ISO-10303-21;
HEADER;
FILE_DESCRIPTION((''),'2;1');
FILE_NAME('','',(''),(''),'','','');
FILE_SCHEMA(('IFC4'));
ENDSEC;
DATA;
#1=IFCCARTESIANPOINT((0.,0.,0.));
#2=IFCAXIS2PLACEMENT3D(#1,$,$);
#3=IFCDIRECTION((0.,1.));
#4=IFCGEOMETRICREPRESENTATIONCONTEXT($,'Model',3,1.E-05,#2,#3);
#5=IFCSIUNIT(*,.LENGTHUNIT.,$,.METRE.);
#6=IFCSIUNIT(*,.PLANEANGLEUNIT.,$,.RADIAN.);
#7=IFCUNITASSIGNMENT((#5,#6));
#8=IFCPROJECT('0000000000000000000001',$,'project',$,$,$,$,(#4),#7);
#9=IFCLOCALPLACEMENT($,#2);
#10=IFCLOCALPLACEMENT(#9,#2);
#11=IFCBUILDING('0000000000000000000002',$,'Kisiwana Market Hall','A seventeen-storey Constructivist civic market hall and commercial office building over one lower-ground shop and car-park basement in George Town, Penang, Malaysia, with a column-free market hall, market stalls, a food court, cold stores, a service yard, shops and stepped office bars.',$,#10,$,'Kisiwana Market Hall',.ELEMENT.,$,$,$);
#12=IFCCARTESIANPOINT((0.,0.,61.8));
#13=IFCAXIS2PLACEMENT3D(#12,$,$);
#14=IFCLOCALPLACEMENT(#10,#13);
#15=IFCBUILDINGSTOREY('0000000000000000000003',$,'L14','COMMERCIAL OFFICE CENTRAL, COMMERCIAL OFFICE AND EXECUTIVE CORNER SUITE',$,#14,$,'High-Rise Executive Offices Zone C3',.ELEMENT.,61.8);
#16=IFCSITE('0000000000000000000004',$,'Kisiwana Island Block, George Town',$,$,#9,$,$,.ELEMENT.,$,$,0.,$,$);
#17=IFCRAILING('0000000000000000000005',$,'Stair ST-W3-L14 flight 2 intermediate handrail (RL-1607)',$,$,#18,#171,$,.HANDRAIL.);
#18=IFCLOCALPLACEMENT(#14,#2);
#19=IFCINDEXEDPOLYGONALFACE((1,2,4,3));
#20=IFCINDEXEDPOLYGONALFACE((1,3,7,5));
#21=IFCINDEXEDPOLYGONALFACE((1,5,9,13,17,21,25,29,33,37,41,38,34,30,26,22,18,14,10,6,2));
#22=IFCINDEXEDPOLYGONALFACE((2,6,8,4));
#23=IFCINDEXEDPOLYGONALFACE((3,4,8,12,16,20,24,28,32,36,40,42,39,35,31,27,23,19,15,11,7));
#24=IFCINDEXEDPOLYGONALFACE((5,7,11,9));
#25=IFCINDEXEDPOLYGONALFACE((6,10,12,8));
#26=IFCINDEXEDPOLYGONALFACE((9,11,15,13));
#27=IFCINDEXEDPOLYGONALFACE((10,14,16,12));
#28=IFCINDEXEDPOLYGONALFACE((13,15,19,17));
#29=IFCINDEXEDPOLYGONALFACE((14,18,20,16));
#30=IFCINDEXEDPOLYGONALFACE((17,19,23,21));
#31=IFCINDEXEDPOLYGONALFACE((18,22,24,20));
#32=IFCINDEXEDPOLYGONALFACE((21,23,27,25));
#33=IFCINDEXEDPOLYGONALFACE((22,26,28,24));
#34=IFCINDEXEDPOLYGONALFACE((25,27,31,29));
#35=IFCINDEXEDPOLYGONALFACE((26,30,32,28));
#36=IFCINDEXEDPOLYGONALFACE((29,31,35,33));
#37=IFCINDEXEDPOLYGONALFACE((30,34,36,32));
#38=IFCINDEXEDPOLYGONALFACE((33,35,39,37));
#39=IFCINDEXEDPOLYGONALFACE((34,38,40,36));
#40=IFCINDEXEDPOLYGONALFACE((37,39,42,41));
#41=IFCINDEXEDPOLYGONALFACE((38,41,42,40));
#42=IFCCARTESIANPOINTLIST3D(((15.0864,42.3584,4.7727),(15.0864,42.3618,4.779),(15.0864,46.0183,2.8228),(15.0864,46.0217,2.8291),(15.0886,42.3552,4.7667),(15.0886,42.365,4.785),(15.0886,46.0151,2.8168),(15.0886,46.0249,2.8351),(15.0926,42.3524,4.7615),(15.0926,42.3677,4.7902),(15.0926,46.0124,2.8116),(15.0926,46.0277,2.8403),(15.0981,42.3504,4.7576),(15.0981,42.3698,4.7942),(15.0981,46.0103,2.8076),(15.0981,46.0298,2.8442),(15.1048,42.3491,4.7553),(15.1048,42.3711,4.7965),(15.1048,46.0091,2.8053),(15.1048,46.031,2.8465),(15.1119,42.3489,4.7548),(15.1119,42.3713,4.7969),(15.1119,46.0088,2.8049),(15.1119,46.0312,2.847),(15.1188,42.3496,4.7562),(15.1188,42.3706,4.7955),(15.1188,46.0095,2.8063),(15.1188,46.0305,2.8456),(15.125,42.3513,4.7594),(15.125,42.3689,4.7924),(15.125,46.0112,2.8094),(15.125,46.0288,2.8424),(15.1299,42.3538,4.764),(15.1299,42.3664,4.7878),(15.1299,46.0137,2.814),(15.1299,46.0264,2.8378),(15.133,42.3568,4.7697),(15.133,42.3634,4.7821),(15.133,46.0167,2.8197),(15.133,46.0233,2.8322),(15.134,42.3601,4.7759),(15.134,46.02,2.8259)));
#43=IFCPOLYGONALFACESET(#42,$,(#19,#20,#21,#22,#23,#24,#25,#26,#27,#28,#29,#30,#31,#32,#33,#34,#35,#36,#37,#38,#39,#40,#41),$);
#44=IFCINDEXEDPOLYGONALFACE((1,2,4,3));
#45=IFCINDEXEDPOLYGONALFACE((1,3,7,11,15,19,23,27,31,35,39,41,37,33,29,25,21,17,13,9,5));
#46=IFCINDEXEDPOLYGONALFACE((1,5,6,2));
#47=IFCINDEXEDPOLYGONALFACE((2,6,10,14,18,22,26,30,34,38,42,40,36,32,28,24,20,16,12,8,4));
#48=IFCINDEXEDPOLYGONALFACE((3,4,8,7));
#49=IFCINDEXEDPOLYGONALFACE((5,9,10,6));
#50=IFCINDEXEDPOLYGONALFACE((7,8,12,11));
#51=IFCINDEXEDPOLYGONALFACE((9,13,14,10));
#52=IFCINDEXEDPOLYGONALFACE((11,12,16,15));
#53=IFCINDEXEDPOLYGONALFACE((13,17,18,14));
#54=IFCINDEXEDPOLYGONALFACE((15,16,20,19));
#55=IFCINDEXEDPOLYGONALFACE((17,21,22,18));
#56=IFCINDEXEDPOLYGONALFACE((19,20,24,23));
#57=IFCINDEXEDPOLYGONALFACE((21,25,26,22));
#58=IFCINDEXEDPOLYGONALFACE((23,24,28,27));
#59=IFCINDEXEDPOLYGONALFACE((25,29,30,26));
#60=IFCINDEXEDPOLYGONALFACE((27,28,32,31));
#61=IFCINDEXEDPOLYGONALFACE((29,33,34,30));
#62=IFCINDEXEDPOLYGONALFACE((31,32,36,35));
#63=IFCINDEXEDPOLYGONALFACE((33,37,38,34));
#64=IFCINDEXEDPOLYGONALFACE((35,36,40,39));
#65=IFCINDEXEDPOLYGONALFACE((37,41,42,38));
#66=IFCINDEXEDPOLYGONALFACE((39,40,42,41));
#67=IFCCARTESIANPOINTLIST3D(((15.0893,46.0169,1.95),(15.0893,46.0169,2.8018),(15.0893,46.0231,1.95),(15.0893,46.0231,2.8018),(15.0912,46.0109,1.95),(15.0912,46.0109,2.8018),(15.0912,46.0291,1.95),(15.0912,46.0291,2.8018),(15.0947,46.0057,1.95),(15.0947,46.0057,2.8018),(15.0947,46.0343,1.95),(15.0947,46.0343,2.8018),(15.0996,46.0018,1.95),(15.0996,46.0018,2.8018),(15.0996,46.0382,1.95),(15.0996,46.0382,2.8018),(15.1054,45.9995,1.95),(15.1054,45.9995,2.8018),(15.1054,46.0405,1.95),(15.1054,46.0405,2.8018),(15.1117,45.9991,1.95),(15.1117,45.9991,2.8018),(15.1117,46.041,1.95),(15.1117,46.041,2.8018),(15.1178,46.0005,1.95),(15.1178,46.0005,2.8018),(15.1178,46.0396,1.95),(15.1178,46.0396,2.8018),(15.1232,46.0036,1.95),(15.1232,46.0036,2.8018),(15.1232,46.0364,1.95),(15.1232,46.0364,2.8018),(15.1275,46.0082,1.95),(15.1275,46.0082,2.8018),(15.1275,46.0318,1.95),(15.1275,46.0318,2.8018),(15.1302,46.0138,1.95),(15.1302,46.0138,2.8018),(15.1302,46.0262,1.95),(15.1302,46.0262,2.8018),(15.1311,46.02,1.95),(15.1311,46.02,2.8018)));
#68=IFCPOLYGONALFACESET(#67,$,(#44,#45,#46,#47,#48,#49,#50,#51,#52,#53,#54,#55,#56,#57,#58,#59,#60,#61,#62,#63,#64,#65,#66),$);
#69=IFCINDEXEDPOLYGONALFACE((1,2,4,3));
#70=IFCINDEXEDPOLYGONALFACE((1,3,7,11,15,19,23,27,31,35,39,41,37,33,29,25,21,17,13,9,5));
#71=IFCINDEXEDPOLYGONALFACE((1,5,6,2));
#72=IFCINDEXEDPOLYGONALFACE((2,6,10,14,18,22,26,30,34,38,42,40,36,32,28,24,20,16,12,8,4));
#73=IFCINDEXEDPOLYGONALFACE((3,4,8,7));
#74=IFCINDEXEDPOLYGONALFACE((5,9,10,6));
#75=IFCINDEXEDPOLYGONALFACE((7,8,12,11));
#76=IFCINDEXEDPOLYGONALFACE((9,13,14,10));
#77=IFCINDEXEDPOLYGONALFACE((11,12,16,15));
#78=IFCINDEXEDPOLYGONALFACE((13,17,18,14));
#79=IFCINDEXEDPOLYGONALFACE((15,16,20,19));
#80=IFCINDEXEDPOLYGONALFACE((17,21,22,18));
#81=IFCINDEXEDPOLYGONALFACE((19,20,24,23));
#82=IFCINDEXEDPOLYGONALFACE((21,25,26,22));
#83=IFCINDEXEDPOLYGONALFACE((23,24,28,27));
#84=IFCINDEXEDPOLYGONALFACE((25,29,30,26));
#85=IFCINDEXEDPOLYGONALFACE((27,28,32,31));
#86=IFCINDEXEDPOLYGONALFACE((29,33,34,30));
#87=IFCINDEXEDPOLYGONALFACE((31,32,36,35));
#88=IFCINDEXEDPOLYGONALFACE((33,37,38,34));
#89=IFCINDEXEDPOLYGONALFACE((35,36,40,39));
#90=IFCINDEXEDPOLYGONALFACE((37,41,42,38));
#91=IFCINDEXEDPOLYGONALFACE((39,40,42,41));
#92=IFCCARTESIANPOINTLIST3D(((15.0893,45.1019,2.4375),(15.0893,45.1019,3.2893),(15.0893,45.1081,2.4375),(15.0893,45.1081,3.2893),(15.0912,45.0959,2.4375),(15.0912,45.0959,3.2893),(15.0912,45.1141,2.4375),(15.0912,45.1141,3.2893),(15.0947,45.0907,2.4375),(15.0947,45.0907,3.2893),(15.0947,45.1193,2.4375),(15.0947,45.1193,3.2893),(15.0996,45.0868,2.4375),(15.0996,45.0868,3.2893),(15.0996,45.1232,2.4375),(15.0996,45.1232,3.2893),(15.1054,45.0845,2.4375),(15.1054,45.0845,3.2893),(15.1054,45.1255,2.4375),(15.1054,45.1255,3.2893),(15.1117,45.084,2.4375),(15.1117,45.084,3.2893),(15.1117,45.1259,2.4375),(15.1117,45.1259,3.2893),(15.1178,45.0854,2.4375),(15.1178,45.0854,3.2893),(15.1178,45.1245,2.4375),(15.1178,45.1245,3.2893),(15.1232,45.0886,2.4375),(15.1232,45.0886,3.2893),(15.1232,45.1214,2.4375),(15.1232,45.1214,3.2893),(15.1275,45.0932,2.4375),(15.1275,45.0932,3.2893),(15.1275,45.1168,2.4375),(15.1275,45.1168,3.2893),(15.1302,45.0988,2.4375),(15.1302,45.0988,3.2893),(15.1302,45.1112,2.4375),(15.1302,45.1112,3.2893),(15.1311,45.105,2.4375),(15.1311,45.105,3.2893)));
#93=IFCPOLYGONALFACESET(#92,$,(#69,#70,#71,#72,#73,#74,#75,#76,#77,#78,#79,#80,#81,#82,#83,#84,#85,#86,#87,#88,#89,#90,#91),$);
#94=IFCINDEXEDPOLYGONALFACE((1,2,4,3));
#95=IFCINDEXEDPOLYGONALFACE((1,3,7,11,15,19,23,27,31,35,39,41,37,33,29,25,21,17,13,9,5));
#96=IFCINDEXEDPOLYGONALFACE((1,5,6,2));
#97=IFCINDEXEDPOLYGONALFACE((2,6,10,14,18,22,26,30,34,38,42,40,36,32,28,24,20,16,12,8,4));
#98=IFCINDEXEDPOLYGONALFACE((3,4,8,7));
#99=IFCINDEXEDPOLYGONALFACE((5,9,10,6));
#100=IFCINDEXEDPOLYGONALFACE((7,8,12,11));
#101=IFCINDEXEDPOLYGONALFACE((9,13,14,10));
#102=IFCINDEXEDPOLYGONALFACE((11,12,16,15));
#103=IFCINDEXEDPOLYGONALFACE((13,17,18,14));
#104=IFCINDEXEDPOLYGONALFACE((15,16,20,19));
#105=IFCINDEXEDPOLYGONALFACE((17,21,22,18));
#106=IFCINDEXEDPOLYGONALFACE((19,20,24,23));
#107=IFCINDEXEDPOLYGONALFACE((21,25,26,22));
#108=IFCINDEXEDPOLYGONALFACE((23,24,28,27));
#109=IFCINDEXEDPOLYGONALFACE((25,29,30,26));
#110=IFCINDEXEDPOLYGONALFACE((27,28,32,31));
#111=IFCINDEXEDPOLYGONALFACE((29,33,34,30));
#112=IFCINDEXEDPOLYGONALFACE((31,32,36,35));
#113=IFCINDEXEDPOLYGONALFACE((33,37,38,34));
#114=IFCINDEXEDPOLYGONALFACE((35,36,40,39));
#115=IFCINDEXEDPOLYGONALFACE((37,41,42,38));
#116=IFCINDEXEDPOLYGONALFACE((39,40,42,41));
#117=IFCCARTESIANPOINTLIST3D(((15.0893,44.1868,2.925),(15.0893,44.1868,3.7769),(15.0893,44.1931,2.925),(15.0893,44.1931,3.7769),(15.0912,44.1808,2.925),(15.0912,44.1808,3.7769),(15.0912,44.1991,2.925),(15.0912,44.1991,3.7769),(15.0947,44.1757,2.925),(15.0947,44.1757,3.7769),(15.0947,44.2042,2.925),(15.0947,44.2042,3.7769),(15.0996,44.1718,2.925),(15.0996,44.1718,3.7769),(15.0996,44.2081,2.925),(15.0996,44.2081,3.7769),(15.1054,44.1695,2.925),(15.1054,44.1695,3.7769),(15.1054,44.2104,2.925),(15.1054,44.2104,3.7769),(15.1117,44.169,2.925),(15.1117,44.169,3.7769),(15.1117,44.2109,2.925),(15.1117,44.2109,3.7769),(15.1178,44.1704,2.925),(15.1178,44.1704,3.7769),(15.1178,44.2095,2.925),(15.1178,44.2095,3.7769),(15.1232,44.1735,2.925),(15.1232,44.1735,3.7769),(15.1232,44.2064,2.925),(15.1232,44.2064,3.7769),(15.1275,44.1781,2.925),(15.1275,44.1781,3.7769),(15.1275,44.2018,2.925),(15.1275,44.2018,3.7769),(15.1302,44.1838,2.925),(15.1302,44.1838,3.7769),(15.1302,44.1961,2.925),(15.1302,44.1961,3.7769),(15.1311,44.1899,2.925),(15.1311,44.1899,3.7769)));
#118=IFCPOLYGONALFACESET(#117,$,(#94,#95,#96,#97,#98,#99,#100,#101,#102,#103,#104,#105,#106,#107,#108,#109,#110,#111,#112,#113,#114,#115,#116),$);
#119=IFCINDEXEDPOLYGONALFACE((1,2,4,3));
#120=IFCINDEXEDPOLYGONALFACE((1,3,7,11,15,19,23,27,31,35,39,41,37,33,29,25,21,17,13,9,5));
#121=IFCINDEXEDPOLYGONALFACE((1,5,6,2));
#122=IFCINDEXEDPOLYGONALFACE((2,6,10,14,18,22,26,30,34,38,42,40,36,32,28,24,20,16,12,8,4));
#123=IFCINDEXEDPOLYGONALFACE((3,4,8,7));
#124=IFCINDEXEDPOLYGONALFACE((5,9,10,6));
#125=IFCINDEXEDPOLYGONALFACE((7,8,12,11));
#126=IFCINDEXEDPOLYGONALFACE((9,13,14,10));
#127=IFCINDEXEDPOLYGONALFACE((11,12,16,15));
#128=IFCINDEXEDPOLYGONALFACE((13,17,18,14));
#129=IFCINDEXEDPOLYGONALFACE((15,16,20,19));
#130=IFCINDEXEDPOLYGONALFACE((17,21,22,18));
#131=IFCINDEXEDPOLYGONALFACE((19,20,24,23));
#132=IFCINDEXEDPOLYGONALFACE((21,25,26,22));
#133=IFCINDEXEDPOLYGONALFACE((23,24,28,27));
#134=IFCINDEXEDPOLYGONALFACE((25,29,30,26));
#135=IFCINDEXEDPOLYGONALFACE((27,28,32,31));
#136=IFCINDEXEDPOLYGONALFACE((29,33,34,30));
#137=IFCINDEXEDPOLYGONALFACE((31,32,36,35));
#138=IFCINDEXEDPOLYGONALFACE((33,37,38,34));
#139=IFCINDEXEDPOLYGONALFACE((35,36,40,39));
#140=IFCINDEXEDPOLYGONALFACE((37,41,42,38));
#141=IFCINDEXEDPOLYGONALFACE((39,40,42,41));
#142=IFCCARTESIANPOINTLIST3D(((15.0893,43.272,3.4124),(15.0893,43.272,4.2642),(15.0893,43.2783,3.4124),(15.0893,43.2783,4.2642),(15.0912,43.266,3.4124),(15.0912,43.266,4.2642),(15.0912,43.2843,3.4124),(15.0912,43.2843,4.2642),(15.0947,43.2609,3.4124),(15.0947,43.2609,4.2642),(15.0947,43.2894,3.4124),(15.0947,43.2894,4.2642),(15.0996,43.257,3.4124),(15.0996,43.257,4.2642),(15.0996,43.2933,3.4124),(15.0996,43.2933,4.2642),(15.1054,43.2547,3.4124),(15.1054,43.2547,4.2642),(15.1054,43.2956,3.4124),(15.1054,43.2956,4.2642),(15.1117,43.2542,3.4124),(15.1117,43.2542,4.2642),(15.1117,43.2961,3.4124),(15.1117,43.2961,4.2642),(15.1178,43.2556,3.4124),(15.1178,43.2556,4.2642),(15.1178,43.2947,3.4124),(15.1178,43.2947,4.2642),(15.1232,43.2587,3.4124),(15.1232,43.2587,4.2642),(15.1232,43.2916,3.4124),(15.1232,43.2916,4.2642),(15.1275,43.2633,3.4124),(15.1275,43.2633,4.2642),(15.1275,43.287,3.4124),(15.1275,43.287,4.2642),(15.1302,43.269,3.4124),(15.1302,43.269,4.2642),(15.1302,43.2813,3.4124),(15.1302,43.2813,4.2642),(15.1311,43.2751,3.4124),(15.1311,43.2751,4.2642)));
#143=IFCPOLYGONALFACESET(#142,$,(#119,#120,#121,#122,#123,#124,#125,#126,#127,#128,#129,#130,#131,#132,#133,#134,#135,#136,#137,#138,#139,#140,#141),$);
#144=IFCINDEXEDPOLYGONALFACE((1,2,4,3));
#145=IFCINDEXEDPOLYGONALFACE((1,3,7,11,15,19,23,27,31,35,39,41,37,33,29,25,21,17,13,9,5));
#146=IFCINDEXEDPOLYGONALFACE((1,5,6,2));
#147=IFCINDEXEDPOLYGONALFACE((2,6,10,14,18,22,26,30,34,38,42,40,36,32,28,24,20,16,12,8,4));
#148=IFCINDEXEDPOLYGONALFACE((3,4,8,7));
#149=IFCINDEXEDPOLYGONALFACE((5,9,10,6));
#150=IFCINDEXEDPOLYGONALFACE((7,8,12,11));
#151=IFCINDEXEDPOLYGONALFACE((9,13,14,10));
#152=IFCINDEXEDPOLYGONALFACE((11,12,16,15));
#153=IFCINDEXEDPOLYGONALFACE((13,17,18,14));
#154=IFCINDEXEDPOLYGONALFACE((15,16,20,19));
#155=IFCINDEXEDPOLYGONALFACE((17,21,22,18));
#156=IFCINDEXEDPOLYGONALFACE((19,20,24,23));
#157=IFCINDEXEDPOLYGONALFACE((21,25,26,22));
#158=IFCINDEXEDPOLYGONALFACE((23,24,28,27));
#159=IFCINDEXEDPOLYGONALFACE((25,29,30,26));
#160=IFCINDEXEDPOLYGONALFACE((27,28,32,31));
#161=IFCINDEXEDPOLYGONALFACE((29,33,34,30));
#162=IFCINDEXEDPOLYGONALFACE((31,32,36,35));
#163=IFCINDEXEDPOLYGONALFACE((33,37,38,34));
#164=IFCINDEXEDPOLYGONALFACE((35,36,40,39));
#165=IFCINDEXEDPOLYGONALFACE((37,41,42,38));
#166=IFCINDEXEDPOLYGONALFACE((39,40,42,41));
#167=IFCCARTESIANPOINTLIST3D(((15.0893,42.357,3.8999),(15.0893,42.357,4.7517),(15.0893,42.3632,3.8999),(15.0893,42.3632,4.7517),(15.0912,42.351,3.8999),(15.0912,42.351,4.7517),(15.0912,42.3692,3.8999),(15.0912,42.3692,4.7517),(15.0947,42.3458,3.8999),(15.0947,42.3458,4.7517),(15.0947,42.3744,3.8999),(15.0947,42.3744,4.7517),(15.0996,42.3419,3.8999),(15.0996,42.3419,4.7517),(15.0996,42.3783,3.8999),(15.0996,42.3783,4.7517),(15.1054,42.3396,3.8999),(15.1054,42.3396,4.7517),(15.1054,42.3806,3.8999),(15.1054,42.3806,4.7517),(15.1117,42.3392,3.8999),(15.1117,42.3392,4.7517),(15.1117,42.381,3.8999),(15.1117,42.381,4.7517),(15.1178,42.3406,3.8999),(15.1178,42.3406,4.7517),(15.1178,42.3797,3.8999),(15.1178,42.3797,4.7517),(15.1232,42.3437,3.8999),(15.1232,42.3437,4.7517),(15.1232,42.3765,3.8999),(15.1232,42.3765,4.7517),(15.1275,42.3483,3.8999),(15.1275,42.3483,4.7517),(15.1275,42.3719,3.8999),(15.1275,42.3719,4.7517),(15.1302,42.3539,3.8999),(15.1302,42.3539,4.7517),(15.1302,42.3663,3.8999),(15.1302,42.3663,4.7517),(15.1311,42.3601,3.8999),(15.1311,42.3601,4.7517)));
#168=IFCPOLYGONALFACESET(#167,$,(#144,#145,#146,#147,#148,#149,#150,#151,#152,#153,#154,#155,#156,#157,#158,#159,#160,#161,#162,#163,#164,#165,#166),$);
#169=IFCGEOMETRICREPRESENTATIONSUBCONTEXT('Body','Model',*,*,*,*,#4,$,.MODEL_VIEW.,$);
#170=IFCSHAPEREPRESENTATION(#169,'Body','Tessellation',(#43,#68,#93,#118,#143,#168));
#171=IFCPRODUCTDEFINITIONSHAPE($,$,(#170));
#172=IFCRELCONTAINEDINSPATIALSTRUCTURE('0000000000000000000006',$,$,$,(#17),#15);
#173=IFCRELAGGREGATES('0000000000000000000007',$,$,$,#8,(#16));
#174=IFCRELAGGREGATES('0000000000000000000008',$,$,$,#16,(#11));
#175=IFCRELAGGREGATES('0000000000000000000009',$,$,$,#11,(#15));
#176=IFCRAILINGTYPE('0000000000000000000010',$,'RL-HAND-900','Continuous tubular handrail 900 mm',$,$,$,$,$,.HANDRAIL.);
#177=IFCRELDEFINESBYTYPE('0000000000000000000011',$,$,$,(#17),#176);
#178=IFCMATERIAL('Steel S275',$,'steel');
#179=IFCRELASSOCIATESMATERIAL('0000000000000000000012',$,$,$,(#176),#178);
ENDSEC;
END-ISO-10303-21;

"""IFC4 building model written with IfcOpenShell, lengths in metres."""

from ifc_helpers import new_model, si_unit, direction, frame, origin, origin_2d, place, context, subcontext, project, spatial, circle, extrude, material, type_object, element, save


model = new_model("IFC4")

# Units and contexts
model_context = context("Model", 3, precision=1e-05, world=origin(), true_north=direction((0.0, 1.0)))
body_context = subcontext(model_context, "Body", "Model", "MODEL_VIEW")
ifc_project = project(units=[si_unit("LENGTHUNIT", "METRE"), si_unit("PLANEANGLEUNIT", "RADIAN")], contexts=[model_context])

# Site, building, storey
site_placement = place(None, origin())
site = spatial("IfcSite", under=ifc_project, at=site_placement, Name="Kisiwana Island Block, George Town", CompositionType="ELEMENT", RefElevation=0.0)
building_placement = place(site_placement, origin())
building = spatial("IfcBuilding", under=site, at=building_placement, Name="Kisiwana Market Hall", Description="A seventeen-storey Constructivist civic market hall and commercial office building over one lower-ground shop and car-park basement in George Town, Penang, Malaysia, with a column-free market hall, market stalls, a food court, cold stores, a service yard, shops and stepped office bars.", LongName="Kisiwana Market Hall", CompositionType="ELEMENT")
storey_placement = place(building_placement, frame((0.0, 0.0, 61.8)))
storey = spatial("IfcBuildingStorey", under=building, at=storey_placement, Name="L14", Description="COMMERCIAL OFFICE CENTRAL, COMMERCIAL OFFICE AND EXECUTIVE CORNER SUITE", LongName="High-Rise Executive Offices Zone C3", CompositionType="ELEMENT", Elevation=61.8)

# Railing
ifc_material_1 = material(Name="Steel S275", Category="steel")
railing_type_1 = type_object("IfcRailingType", Name="RL-HAND-900", Description="Continuous tubular handrail 900 mm", PredefinedType="HANDRAIL", material=ifc_material_1)
for number, where, name in (
    (1, (15.1101, 46.02, 1.95), "Stair ST-W3-L14 flight 2 intermediate handrail (RL-1607)"),
):
    element("IfcRailing", number, at=place(storey_placement, frame(where)), inside=storey, type_object=railing_type_1, Name=name, PredefinedType="HANDRAIL", context=body_context, shape_type="SweptSolid", body=[
        extrude(circle(Radius=0.0239, at=origin_2d()), frame((0.0, 0.0, 0.876), z_axis=(0.0, -0.882553, 0.470212), x_axis=(1.0, 0.0, 0.0)), (0.0, 0.0, 1.0), 4.147),
        extrude(circle(Radius=0.021, at=origin_2d()), origin(), (0.0, 0.0, 1.0), 0.8518),
        extrude(circle(Radius=0.021, at=origin_2d()), frame((0.0, -0.915, 0.4875)), (0.0, 0.0, 1.0), 0.8518),
        extrude(circle(Radius=0.021, at=origin_2d()), frame((0.0, -1.8301, 0.9751)), (0.0, 0.0, 1.0), 0.8518),
        extrude(circle(Radius=0.021, at=origin_2d()), frame((0.0, -2.7449, 1.4624)), (0.0, 0.0, 1.0), 0.8518),
        extrude(circle(Radius=0.021, at=origin_2d()), frame((0.0, -3.6599, 1.95)), (0.0, 0.0, 1.0), 0.8518),
    ])

save(model, "model.ifc")
